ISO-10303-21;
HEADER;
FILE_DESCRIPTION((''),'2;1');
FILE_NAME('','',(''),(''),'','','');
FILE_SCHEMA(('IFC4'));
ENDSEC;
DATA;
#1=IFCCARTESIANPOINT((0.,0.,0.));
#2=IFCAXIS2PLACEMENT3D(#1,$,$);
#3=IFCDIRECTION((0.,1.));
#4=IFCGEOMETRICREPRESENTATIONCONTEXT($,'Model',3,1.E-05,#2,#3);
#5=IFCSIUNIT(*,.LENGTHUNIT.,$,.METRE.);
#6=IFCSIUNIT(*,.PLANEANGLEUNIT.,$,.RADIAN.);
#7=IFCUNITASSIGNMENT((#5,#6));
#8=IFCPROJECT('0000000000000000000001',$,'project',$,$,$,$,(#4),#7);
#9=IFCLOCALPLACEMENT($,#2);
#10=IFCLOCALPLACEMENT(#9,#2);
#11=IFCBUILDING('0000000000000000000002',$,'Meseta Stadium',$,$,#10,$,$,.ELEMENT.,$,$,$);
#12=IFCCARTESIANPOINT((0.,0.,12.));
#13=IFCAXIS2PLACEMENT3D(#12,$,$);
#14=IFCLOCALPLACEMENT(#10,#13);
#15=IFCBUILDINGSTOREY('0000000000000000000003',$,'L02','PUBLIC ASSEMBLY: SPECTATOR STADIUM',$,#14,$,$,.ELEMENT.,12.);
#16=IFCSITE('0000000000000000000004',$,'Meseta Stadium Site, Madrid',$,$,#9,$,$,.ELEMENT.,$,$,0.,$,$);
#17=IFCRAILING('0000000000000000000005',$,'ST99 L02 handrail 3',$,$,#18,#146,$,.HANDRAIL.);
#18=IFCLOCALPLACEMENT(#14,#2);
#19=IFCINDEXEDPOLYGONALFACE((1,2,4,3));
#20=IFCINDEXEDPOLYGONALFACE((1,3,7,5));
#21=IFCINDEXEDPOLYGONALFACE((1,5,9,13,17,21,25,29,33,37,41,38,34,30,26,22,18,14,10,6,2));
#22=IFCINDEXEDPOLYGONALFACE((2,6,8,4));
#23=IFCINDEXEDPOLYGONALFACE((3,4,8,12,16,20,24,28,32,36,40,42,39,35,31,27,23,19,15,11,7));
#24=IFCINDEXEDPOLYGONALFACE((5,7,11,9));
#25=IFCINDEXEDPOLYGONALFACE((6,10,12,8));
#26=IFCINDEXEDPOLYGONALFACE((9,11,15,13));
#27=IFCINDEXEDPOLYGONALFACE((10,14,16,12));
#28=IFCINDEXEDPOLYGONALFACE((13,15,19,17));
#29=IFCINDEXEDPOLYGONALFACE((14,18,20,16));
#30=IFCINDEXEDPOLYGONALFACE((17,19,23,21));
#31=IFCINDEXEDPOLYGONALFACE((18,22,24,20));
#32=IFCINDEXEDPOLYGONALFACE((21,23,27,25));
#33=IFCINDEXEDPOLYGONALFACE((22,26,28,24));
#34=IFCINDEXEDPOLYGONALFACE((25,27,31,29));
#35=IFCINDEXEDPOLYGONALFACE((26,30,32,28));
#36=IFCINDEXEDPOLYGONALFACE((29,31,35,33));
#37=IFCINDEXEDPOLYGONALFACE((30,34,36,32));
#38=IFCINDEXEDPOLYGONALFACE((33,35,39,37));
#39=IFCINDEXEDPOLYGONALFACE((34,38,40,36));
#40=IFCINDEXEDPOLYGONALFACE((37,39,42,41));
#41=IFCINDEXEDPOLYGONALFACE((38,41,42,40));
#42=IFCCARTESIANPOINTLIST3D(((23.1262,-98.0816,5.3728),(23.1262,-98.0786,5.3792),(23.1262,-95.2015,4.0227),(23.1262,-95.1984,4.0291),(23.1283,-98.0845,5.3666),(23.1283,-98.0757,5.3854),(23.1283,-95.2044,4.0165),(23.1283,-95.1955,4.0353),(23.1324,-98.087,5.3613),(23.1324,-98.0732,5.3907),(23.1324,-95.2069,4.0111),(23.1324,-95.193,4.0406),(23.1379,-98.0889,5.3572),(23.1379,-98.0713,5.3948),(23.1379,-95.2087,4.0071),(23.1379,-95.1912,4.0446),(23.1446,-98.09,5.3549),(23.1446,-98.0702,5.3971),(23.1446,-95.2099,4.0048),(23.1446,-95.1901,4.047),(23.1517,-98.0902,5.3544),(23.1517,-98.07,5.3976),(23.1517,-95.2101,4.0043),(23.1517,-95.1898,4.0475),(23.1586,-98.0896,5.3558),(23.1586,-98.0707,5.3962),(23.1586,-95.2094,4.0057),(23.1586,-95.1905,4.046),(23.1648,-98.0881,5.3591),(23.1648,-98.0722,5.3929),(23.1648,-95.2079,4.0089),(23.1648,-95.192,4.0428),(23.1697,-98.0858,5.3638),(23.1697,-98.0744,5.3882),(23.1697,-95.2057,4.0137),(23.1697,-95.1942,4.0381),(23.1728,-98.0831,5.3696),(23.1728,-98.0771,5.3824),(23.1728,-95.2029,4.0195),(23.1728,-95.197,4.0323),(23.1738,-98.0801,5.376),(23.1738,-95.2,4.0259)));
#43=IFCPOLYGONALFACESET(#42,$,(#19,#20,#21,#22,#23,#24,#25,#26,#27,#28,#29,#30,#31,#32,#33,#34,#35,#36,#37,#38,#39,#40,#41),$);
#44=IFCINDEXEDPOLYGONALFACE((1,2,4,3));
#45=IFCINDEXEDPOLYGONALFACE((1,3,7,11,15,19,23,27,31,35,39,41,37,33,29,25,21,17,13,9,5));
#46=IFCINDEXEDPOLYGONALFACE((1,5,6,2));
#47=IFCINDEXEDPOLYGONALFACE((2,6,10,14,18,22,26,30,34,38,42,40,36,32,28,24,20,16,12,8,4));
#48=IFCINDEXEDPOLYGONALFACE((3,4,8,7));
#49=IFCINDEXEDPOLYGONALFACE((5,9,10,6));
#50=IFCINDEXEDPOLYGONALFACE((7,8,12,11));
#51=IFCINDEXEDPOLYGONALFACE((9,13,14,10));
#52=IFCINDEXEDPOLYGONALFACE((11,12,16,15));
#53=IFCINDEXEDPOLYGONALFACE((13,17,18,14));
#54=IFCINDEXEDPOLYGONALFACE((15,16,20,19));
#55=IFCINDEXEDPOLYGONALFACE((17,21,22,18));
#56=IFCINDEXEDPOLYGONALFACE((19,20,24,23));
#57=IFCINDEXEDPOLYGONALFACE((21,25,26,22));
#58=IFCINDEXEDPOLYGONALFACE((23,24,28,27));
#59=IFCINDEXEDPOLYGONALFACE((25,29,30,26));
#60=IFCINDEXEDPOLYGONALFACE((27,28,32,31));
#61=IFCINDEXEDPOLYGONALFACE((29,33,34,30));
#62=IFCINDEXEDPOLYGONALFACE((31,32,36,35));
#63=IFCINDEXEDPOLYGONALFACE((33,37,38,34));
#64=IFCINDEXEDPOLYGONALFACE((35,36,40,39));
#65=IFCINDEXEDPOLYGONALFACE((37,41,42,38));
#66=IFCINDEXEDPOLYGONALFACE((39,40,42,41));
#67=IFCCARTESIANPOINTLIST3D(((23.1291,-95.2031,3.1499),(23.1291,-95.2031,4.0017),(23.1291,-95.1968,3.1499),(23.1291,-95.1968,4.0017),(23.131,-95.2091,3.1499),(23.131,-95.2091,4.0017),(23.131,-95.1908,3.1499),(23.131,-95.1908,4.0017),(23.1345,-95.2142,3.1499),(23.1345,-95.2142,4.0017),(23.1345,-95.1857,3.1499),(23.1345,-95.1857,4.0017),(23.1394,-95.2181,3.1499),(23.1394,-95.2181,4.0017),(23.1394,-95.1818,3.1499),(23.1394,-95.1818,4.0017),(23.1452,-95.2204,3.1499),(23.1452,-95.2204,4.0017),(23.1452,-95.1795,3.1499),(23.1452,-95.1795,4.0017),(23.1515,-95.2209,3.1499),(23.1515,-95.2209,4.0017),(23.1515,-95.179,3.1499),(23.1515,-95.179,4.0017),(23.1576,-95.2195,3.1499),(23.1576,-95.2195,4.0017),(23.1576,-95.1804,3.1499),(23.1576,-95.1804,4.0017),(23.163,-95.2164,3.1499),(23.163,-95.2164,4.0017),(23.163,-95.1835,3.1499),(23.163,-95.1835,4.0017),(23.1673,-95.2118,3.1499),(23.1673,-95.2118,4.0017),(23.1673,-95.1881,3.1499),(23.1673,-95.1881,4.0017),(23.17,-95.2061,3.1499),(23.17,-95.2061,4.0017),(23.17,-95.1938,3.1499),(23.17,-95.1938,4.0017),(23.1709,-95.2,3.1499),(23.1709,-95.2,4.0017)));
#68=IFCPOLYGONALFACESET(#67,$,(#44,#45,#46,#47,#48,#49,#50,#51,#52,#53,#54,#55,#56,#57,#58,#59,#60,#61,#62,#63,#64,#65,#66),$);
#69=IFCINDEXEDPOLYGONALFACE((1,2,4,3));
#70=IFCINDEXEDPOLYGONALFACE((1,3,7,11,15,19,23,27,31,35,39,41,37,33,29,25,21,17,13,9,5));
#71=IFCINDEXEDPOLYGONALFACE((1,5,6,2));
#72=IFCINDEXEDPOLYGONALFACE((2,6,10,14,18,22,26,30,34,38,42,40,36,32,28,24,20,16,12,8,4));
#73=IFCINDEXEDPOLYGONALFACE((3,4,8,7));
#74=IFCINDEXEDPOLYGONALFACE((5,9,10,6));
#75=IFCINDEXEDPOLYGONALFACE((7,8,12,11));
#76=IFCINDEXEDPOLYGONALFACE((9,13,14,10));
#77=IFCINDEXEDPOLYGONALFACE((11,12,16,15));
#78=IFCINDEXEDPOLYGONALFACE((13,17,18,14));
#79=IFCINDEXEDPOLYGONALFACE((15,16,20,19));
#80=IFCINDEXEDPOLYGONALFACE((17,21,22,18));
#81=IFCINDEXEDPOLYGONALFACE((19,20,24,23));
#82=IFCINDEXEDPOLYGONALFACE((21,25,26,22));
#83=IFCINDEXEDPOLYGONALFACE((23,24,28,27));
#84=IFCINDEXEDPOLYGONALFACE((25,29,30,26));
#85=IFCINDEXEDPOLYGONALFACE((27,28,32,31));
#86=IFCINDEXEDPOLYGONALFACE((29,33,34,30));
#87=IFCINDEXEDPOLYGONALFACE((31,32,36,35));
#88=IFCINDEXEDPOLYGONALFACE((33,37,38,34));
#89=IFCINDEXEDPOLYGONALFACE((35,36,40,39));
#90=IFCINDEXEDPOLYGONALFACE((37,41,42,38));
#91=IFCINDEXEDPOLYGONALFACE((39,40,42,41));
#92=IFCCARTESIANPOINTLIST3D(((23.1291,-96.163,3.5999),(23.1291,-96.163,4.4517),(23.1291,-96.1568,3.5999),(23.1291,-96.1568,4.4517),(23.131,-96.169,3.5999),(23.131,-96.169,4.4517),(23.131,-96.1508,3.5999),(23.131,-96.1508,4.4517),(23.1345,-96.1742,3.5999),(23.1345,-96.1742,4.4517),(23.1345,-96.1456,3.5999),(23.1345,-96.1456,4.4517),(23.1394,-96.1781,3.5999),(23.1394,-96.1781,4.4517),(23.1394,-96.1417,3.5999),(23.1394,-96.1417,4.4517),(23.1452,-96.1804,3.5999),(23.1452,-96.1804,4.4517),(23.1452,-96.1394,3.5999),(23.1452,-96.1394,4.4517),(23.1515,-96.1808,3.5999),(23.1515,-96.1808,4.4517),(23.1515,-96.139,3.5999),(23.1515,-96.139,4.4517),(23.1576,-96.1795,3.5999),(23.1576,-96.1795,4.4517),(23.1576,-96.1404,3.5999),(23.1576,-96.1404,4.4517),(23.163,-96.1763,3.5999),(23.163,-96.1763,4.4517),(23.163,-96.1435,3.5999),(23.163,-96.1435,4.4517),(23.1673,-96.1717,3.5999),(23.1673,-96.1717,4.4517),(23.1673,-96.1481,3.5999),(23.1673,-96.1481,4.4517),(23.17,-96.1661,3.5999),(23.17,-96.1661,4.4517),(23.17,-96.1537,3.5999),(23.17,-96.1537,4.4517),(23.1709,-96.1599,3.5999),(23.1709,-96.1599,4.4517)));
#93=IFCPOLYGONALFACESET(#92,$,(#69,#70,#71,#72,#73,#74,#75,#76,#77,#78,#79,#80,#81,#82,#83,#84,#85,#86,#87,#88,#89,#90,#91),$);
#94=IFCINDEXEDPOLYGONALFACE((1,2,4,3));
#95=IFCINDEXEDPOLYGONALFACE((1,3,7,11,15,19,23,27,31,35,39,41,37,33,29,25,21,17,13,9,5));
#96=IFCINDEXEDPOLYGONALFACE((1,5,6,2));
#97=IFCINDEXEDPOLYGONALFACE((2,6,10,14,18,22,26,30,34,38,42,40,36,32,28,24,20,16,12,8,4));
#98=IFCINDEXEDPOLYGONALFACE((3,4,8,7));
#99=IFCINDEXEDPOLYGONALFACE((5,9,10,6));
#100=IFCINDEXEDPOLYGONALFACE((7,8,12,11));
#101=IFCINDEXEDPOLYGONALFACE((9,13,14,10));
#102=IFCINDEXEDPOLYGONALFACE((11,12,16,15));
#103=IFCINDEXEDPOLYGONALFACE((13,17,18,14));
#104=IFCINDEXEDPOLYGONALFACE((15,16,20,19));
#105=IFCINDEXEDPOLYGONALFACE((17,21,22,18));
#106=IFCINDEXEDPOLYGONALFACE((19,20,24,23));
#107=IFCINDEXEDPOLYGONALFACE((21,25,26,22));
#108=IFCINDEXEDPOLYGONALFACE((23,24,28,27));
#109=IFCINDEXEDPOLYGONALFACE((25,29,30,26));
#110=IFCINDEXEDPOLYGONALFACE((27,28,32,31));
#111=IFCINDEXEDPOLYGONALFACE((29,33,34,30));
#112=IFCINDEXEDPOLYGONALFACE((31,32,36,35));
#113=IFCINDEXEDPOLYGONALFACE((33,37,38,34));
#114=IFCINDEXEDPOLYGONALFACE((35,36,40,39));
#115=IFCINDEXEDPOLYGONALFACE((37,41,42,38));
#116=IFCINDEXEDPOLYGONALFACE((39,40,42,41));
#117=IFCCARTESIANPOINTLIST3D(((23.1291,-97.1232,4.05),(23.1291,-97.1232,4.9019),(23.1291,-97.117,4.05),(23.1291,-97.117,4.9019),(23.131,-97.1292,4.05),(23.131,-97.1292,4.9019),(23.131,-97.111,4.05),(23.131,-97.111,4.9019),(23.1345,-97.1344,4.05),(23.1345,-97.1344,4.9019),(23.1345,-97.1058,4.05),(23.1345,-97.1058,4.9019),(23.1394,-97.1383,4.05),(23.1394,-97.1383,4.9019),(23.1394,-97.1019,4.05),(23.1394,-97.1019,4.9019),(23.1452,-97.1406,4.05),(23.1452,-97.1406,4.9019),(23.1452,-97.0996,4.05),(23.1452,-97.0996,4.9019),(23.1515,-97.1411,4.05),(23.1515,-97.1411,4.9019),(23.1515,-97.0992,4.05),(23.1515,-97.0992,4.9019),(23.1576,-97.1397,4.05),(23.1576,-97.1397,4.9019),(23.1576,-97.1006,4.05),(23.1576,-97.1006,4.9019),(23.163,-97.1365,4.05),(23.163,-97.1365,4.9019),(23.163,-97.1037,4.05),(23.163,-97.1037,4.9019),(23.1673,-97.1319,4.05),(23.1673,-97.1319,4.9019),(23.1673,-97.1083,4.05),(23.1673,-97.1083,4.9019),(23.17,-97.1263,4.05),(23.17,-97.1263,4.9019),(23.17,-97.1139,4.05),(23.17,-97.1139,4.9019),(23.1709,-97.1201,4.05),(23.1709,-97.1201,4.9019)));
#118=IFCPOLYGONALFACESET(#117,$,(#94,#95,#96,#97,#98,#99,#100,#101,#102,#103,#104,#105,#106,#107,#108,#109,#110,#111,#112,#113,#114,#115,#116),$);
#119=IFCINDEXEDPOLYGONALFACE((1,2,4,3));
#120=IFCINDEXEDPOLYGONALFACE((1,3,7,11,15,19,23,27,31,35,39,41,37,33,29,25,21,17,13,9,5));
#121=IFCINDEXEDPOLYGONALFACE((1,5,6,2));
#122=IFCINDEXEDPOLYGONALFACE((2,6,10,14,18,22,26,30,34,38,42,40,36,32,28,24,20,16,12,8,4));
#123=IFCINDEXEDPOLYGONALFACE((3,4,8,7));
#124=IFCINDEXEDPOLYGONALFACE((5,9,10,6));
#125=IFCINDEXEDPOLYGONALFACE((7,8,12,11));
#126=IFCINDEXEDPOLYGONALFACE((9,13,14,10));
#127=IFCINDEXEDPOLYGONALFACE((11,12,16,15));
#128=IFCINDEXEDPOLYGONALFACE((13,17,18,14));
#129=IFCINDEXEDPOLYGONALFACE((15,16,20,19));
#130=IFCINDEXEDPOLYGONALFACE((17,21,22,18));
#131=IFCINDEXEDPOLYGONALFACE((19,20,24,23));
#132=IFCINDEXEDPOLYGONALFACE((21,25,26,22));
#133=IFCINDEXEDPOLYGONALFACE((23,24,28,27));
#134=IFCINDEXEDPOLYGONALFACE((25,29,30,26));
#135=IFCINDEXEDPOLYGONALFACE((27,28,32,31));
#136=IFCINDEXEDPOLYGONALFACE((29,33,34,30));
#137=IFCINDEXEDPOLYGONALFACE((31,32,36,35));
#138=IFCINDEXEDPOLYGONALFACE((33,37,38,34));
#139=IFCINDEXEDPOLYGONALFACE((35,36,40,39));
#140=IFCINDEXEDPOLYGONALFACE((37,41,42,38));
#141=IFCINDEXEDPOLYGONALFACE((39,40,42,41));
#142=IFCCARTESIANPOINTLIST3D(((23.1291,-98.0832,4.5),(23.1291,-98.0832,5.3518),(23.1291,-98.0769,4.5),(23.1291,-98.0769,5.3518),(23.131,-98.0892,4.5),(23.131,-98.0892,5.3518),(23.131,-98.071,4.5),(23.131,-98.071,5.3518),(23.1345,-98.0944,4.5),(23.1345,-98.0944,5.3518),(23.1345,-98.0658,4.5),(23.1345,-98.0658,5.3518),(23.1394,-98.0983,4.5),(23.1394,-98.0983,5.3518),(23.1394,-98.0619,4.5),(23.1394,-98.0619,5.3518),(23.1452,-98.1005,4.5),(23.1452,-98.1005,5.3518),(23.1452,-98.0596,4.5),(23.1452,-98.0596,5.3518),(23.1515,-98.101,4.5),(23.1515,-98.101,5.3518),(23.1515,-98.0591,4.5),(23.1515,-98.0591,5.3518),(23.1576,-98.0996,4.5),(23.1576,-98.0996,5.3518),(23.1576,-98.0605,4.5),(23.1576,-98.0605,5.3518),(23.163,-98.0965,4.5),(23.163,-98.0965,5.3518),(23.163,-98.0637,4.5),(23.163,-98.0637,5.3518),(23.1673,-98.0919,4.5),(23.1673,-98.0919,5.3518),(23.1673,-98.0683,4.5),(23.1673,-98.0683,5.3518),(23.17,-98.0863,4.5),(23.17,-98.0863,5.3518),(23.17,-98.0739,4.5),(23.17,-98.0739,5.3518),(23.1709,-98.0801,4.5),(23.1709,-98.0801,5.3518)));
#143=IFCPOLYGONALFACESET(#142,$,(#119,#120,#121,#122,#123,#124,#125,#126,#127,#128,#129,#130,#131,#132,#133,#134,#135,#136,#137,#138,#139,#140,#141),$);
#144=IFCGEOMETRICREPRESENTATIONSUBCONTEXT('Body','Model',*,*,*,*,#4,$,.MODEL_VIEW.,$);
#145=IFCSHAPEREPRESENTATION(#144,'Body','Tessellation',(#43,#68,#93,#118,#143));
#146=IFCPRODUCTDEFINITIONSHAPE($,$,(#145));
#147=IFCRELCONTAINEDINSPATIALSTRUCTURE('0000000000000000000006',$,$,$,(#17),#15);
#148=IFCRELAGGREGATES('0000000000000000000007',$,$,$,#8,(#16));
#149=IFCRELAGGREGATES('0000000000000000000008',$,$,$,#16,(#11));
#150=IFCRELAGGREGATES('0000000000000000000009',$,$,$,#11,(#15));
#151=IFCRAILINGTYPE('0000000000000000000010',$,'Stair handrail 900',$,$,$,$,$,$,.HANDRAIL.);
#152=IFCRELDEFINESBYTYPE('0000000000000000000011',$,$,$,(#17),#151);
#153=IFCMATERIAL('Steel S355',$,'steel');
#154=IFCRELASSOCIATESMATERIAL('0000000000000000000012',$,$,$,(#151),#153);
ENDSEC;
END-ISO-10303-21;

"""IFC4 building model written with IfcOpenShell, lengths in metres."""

from ifc_helpers import new_model, si_unit, direction, frame, origin, origin_2d, place, context, subcontext, project, spatial, circle, extrude, material, type_object, element, save


model = new_model("IFC4")

# Units and contexts
model_context = context("Model", 3, precision=1e-05, world=origin(), true_north=direction((0.0, 1.0)))
body_context = subcontext(model_context, "Body", "Model", "MODEL_VIEW")
ifc_project = project(units=[si_unit("LENGTHUNIT", "METRE"), si_unit("PLANEANGLEUNIT", "RADIAN")], contexts=[model_context])

# Site, building, storey
site_placement = place(None, origin())
site = spatial("IfcSite", under=ifc_project, at=site_placement, Name="Meseta Stadium Site, Madrid", CompositionType="ELEMENT", RefElevation=0.0)
building_placement = place(site_placement, origin())
building = spatial("IfcBuilding", under=site, at=building_placement, Name="Meseta Stadium", CompositionType="ELEMENT")
storey_placement = place(building_placement, frame((0.0, 0.0, 12.0)))
storey = spatial("IfcBuildingStorey", under=building, at=storey_placement, Name="L02", Description="PUBLIC ASSEMBLY: SPECTATOR STADIUM", CompositionType="ELEMENT", Elevation=12.0)

# Railing
ifc_material_1 = material(Name="Steel S355", Category="steel")
railing_type_1 = type_object("IfcRailingType", Name="Stair handrail 900", PredefinedType="HANDRAIL", material=ifc_material_1)
for number, where, name in (
    (1, (23.1499, -95.2, 3.1499), "ST99 L02 handrail 3"),
):
    element("IfcRailing", number, at=place(storey_placement, frame(where)), inside=storey, type_object=railing_type_1, Name=name, PredefinedType="HANDRAIL", context=body_context, shape_type="SweptSolid", body=[
        extrude(circle(Radius=0.0239, at=origin_2d()), frame((0.0, 0.0, 0.876), z_axis=(0.0, -0.905454, 0.424444), x_axis=(1.0, 0.0, 0.0)), (0.0, 0.0, 1.0), 3.1809),
        extrude(circle(Radius=0.021, at=origin_2d()), origin(), (0.0, 0.0, 1.0), 0.8518),
        extrude(circle(Radius=0.021, at=origin_2d()), frame((0.0, -0.96, 0.45)), (0.0, 0.0, 1.0), 0.8518),
        extrude(circle(Radius=0.021, at=origin_2d()), frame((0.0, -1.9202, 0.9001)), (0.0, 0.0, 1.0), 0.8518),
        extrude(circle(Radius=0.021, at=origin_2d()), frame((0.0, -2.8801, 1.3501)), (0.0, 0.0, 1.0), 0.8518),
    ])

save(model, "model.ifc")
